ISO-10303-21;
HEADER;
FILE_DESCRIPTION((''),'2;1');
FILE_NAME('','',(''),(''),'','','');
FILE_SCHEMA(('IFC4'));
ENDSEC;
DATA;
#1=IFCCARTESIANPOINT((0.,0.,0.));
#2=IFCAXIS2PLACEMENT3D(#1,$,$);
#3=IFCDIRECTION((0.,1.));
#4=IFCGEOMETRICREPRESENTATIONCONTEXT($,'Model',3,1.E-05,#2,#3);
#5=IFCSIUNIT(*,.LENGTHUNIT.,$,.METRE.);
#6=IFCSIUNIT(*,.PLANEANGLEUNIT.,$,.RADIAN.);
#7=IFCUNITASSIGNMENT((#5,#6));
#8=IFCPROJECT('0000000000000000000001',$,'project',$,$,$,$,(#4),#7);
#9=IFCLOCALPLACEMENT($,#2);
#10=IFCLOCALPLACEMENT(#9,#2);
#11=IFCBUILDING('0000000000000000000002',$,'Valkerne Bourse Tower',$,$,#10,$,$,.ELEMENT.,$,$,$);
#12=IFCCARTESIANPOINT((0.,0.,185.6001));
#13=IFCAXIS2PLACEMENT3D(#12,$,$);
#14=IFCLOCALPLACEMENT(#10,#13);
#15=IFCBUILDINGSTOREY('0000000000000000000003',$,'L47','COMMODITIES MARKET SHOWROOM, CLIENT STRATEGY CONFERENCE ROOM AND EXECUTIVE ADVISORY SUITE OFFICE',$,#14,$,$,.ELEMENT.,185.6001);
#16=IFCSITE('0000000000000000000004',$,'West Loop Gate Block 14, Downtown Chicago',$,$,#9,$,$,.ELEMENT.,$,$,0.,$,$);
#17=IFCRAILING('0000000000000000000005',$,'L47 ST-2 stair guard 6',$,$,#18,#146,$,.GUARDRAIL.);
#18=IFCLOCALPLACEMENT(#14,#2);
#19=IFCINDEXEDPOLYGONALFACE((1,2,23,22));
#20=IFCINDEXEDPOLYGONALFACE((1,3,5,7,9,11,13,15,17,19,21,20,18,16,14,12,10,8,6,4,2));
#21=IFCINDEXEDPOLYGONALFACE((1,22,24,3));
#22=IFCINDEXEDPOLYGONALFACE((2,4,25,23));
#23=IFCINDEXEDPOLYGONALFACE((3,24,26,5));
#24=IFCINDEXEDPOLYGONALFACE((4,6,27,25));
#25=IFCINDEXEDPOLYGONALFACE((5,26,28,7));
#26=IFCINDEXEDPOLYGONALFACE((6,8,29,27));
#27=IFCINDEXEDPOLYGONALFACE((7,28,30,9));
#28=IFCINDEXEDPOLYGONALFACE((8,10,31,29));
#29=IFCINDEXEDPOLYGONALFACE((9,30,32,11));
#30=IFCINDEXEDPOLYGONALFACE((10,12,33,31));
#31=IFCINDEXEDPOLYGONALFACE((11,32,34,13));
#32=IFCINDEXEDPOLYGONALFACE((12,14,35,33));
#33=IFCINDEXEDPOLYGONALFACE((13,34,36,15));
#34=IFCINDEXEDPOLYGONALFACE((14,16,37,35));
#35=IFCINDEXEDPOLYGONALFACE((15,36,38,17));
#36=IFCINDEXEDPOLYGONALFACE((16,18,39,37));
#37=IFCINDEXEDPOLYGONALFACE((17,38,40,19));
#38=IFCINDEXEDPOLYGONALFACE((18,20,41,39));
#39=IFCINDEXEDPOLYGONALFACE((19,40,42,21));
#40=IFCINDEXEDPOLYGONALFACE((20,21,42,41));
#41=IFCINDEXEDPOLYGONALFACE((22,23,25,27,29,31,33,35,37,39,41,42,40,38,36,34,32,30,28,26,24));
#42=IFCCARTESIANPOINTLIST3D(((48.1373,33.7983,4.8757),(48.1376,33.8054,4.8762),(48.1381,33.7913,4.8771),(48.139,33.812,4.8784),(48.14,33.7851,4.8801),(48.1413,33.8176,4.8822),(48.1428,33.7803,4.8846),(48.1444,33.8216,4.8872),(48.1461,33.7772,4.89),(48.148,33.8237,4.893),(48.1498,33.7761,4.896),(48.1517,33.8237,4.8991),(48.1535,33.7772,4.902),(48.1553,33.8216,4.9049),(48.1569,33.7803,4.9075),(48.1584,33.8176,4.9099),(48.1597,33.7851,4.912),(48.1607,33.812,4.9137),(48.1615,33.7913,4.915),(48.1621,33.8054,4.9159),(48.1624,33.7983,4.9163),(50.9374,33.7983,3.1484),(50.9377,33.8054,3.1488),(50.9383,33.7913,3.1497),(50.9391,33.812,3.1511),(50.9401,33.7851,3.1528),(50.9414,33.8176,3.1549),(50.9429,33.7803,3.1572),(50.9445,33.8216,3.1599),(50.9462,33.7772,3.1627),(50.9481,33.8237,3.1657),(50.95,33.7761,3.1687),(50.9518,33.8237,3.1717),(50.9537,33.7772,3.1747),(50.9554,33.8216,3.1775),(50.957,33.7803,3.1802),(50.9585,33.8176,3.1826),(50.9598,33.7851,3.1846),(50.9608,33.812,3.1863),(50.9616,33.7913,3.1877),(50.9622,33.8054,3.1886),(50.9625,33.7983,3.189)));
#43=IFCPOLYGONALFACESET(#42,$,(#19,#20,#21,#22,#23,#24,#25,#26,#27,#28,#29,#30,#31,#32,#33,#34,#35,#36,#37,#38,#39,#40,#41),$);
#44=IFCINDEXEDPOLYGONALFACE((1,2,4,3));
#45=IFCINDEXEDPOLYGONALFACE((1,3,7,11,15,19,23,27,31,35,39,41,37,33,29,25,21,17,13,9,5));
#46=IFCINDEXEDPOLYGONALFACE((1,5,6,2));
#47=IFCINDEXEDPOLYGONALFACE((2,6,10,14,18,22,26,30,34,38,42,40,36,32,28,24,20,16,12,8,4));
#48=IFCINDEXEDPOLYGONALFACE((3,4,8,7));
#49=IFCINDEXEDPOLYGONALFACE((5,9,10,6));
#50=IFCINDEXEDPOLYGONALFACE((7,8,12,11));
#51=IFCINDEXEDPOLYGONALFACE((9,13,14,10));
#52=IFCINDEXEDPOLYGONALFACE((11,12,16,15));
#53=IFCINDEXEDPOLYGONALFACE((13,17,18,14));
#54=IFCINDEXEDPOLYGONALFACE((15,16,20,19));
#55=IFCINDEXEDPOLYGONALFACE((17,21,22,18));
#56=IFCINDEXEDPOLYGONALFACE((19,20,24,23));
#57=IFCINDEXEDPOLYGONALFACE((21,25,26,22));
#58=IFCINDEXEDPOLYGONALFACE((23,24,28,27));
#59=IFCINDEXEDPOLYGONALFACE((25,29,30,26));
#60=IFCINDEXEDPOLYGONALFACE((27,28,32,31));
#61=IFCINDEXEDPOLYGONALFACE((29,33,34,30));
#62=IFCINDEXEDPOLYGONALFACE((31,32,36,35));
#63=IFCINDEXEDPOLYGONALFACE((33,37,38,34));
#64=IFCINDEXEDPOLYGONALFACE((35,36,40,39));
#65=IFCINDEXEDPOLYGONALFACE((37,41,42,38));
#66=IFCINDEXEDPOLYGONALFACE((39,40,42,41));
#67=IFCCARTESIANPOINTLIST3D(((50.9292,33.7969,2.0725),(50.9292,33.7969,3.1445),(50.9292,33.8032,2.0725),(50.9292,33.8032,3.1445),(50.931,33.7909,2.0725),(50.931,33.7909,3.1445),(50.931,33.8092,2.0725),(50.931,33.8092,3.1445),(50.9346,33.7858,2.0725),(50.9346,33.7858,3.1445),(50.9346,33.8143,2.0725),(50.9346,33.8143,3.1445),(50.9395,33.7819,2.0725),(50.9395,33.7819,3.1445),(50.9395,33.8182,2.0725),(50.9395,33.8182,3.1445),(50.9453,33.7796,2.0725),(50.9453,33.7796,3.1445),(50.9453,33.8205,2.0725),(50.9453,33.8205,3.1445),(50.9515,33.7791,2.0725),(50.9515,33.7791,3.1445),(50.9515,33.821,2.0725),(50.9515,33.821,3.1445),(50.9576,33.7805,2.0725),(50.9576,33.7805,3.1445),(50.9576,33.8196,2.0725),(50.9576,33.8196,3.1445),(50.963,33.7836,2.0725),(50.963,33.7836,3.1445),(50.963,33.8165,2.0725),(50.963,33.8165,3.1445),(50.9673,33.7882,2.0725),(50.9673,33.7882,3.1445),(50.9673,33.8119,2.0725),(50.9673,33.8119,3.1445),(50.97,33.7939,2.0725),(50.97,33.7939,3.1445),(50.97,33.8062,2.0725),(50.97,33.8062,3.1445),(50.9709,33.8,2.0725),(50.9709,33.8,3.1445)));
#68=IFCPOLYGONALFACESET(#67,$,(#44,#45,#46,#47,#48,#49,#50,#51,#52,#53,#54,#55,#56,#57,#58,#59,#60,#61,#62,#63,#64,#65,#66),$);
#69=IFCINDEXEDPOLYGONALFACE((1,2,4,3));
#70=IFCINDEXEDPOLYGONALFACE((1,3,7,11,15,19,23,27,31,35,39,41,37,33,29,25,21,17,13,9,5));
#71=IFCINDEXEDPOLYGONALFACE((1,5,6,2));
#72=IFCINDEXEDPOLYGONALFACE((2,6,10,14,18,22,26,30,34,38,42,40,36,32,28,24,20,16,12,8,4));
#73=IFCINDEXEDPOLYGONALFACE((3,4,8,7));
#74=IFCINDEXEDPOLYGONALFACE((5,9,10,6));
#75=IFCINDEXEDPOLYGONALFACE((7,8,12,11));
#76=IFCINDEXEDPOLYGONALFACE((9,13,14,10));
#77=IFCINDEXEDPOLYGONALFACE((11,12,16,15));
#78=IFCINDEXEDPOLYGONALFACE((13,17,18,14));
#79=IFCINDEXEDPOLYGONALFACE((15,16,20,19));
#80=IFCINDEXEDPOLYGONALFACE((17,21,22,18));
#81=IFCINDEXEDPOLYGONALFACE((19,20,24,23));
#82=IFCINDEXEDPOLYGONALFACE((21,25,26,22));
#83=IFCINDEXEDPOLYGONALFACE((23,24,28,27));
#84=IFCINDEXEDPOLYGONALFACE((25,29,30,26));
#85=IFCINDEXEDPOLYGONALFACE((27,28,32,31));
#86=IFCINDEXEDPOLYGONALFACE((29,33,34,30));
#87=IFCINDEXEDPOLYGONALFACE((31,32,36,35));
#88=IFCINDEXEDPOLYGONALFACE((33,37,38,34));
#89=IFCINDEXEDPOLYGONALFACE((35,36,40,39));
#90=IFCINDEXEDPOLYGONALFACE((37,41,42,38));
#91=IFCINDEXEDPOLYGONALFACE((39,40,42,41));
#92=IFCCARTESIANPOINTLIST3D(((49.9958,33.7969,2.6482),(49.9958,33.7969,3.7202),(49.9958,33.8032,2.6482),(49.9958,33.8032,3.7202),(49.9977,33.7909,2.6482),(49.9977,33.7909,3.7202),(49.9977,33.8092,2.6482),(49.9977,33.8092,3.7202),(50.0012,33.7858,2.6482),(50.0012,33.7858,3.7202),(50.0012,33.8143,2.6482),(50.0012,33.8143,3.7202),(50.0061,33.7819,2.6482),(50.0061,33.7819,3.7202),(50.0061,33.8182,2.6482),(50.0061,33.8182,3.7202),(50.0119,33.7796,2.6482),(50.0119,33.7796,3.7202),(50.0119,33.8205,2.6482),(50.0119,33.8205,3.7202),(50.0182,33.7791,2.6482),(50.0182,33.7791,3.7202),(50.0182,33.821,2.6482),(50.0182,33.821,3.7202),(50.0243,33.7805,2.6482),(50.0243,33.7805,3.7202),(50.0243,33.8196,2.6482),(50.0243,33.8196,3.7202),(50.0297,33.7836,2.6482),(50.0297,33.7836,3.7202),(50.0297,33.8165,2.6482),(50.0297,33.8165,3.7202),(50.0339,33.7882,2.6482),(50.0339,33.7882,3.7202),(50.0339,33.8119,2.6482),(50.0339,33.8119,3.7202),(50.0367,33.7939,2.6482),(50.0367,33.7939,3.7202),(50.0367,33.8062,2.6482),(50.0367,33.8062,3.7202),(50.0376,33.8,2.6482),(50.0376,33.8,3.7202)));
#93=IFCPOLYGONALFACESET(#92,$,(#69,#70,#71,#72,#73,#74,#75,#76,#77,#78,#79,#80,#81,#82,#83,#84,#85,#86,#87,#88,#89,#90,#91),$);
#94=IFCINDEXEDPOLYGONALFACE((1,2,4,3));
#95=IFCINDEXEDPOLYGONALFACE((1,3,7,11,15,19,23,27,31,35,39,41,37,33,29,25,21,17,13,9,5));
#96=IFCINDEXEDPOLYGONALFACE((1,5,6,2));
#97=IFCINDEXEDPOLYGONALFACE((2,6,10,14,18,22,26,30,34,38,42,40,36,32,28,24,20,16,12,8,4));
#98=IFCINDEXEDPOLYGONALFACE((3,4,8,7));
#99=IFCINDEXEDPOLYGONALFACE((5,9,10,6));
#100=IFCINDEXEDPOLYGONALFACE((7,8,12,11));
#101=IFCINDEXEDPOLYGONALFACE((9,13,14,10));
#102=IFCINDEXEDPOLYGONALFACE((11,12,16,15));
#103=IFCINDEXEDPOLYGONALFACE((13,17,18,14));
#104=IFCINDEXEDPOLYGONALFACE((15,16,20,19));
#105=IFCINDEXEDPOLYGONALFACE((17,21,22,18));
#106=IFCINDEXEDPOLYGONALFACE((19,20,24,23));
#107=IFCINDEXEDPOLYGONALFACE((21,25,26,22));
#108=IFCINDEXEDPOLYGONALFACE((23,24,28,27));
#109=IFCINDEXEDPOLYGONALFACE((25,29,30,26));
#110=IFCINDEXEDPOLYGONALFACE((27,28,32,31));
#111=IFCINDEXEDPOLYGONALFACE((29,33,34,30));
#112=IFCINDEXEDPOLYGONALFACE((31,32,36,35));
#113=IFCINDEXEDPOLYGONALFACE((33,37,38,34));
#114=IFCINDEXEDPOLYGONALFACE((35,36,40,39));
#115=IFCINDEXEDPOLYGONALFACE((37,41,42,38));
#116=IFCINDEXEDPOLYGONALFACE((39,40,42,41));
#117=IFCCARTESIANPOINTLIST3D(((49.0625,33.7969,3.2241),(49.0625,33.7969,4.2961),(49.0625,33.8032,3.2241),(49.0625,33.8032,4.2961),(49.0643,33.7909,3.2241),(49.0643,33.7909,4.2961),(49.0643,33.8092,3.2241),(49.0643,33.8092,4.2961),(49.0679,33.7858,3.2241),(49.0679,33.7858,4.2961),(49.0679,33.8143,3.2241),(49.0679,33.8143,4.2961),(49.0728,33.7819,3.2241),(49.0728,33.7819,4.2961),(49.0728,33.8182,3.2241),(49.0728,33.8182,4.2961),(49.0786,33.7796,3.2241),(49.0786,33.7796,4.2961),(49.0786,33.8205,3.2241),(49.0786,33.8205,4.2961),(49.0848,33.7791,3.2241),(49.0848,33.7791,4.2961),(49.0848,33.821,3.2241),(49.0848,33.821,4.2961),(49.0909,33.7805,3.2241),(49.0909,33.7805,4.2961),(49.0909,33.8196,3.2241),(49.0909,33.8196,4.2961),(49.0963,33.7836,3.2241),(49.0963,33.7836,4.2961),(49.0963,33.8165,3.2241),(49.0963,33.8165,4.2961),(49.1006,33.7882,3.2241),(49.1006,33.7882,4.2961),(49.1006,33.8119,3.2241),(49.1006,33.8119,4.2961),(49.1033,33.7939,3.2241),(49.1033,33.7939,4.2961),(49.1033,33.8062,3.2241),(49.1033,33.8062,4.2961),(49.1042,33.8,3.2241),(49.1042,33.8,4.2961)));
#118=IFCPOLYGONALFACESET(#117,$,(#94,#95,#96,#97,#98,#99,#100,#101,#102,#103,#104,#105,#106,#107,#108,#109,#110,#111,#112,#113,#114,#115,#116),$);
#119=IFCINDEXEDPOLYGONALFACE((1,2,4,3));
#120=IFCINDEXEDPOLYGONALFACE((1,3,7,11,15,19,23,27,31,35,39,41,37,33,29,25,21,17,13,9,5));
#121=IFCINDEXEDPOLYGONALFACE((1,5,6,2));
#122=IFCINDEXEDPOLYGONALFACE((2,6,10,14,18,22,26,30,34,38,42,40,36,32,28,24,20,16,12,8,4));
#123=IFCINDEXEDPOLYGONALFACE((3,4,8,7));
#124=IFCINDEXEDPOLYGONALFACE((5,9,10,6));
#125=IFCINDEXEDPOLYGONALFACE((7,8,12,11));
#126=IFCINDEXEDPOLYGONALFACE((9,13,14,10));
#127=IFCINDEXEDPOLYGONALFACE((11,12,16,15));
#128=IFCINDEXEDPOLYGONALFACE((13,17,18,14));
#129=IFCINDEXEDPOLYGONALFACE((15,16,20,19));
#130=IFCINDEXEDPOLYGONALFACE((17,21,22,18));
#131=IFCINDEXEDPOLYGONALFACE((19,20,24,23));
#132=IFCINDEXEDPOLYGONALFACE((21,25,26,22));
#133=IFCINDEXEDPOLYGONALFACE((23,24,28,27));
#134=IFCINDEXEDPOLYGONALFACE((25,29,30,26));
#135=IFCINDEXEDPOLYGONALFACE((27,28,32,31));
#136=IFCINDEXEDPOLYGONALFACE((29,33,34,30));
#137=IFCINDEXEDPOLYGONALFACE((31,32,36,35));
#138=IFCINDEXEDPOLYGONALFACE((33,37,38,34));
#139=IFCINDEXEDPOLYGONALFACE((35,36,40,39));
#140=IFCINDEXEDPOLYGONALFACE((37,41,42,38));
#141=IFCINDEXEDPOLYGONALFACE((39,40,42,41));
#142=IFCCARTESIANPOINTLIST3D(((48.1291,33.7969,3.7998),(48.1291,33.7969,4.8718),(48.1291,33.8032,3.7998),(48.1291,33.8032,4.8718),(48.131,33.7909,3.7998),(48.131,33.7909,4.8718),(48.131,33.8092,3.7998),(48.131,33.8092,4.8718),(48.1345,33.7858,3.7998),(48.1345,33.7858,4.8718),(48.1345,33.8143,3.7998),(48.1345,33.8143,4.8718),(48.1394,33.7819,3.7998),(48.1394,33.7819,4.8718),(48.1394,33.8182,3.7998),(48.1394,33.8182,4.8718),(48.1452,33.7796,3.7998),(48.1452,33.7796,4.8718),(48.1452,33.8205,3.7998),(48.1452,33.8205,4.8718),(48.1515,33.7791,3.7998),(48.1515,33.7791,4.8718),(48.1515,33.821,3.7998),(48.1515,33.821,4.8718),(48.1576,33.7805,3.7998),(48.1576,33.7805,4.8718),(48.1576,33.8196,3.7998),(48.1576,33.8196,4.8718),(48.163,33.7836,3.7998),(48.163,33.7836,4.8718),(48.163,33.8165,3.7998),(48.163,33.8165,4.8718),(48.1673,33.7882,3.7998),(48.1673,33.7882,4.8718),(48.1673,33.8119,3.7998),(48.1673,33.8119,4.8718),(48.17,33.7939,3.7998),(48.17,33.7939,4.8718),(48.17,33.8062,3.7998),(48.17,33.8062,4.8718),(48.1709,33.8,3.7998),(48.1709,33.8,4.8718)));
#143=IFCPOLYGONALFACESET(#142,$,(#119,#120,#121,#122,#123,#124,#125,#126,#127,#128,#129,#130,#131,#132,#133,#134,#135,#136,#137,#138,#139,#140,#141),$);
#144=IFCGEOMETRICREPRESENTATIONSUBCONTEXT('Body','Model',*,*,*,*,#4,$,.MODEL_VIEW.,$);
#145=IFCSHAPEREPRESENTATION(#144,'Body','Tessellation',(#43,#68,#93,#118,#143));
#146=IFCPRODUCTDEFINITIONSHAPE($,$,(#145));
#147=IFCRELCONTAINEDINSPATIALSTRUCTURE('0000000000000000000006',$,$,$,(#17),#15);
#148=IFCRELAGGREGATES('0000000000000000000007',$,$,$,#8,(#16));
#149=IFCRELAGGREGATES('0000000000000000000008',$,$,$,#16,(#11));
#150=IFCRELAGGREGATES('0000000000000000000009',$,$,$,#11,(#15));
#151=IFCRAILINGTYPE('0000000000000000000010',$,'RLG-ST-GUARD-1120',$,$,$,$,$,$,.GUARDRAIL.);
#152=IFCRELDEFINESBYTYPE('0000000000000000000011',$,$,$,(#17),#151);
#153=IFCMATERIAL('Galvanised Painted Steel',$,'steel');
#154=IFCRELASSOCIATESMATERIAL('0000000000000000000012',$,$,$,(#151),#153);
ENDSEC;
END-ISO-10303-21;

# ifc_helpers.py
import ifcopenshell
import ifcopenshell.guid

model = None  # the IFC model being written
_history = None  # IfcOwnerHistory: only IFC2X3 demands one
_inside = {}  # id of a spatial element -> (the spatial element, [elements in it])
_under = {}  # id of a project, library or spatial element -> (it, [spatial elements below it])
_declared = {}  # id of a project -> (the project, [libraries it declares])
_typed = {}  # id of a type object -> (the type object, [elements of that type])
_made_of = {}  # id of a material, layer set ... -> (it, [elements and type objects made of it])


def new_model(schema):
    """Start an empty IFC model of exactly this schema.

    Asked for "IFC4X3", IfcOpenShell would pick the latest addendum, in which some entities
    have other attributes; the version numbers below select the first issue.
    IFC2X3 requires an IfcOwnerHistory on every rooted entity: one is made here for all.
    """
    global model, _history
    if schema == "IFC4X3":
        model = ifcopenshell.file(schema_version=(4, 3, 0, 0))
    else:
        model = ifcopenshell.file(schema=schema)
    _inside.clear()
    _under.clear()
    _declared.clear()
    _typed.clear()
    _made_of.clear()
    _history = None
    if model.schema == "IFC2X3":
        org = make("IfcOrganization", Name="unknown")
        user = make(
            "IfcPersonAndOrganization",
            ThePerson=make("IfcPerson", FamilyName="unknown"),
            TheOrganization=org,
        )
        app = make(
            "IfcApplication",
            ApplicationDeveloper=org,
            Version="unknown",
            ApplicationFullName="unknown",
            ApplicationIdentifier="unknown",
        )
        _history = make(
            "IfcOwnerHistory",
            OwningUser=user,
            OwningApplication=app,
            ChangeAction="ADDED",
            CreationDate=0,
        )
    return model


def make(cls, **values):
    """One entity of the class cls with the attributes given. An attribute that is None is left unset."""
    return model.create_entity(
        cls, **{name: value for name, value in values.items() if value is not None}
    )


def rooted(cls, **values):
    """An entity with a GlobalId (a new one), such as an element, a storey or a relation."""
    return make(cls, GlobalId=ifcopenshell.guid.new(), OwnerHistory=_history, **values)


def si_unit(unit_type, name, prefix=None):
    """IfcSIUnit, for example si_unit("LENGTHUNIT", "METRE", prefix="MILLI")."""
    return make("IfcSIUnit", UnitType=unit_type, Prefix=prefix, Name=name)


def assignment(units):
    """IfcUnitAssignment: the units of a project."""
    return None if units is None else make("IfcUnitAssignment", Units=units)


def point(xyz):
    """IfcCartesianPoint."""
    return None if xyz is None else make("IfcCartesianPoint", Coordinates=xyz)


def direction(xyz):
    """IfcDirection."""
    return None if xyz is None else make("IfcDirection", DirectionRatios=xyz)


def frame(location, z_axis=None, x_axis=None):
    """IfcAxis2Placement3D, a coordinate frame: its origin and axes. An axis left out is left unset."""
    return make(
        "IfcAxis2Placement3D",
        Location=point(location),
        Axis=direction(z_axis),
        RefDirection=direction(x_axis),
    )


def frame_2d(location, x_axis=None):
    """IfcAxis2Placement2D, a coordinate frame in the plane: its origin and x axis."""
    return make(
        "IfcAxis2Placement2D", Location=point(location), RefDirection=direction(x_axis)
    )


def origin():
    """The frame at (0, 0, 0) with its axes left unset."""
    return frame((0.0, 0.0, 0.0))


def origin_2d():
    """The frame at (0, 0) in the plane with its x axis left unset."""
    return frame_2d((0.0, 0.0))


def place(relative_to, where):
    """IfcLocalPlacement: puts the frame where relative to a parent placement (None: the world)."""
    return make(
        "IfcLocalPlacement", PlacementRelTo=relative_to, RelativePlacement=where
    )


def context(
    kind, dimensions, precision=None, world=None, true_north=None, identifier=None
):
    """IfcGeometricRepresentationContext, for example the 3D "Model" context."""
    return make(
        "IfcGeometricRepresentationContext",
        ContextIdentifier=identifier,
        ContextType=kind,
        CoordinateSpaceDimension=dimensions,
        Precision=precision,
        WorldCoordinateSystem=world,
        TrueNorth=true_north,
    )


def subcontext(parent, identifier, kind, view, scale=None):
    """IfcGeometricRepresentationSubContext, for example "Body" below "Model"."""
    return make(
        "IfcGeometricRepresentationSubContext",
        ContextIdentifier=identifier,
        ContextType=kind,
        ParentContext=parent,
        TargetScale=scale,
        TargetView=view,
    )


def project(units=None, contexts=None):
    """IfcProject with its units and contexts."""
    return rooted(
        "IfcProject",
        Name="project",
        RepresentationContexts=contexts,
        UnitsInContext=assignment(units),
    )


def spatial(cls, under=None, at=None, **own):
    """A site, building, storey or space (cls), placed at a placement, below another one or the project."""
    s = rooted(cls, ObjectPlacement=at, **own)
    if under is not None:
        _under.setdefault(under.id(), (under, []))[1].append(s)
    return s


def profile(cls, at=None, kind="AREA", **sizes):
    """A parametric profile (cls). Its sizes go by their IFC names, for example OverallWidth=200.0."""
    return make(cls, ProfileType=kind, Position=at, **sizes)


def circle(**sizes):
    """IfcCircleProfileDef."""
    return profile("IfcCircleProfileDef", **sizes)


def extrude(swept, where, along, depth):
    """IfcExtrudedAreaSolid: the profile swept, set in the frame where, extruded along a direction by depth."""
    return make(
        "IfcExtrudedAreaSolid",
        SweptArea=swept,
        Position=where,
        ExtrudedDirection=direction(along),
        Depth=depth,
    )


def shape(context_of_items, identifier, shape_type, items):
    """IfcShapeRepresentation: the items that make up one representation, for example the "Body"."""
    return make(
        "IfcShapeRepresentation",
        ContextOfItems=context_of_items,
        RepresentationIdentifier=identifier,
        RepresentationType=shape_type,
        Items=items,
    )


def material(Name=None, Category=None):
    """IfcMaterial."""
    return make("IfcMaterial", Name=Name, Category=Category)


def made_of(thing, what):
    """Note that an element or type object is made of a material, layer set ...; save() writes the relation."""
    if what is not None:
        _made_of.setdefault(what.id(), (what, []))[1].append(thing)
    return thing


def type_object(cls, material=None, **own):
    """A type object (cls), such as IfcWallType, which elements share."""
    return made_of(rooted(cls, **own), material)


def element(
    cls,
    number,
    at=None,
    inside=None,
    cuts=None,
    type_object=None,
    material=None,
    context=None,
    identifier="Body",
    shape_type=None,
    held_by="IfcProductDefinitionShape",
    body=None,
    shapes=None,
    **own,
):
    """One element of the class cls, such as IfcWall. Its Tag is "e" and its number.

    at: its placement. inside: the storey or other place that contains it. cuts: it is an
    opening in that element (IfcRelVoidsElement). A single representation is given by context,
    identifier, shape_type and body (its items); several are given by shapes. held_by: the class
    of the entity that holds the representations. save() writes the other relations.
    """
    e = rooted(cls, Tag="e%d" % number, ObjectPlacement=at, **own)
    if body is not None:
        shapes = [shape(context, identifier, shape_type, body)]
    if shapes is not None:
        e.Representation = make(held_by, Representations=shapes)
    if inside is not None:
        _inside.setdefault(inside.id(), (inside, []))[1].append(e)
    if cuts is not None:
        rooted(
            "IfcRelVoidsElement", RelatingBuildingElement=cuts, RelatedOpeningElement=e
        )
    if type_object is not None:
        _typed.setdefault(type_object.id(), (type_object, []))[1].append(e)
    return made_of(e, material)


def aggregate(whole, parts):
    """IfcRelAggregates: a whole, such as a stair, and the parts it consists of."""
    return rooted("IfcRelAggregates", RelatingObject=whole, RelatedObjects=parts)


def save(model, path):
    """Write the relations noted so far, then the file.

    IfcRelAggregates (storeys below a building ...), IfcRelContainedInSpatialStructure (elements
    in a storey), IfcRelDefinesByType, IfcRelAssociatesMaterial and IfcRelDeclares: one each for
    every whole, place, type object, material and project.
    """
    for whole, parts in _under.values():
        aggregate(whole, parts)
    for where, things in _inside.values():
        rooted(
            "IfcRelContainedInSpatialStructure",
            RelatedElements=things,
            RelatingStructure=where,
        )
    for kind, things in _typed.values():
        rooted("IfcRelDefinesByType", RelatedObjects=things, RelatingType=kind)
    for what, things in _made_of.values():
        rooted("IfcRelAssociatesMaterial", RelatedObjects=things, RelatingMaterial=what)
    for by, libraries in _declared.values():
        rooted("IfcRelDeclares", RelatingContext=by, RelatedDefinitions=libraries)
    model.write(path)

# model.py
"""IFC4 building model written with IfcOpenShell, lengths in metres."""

from ifc_helpers import new_model, si_unit, direction, frame, origin, origin_2d, place, context, subcontext, project, spatial, circle, extrude, material, type_object, element, save


model = new_model("IFC4")

# Units and contexts
model_context = context("Model", 3, precision=1e-05, world=origin(), true_north=direction((0.0, 1.0)))
body_context = subcontext(model_context, "Body", "Model", "MODEL_VIEW")
ifc_project = project(units=[si_unit("LENGTHUNIT", "METRE"), si_unit("PLANEANGLEUNIT", "RADIAN")], contexts=[model_context])

# Site, building, storey
site_placement = place(None, origin())
site = spatial("IfcSite", under=ifc_project, at=site_placement, Name="West Loop Gate Block 14, Downtown Chicago", CompositionType="ELEMENT", RefElevation=0.0)
building_placement = place(site_placement, origin())
building = spatial("IfcBuilding", under=site, at=building_placement, Name="Valkerne Bourse Tower", CompositionType="ELEMENT")
storey_placement = place(building_placement, frame((0.0, 0.0, 185.6001)))
storey = spatial("IfcBuildingStorey", under=building, at=storey_placement, Name="L47", Description="COMMODITIES MARKET SHOWROOM, CLIENT STRATEGY CONFERENCE ROOM AND EXECUTIVE ADVISORY SUITE OFFICE", CompositionType="ELEMENT", Elevation=185.6001)

# Shared definitions
ifc_material_1 = material(Name="Galvanised Painted Steel", Category="steel")

# Railing
railing_type_1 = type_object("IfcRailingType", Name="RLG-ST-GUARD-1120", PredefinedType="GUARDRAIL", material=ifc_material_1)
railing_1_placement = place(storey_placement, frame((50.95, 33.8, 2.0725)))
element("IfcRailing", 1, at=railing_1_placement, inside=storey, type_object=railing_type_1, Name="L47 ST-2 stair guard 6", PredefinedType="GUARDRAIL", context=body_context, shape_type="SweptSolid", body=[
    extrude(circle(Radius=0.0239, at=origin_2d()), frame((0.0, 0.0, 1.0962), z_axis=(-0.85109, 0.0, 0.52502), x_axis=(0.0, -1.0, 0.0)), (0.0, 0.0, 1.0), 3.29),
    extrude(circle(Radius=0.021, at=origin_2d()), origin(), (0.0, 0.0, 1.0), 1.072),
    extrude(circle(Radius=0.021, at=origin_2d()), frame((-0.9333, 0.0, 0.5757)), (0.0, 0.0, 1.0), 1.072),
    extrude(circle(Radius=0.021, at=origin_2d()), frame((-1.8667, 0.0, 1.1516)), (0.0, 0.0, 1.0), 1.072),
    extrude(circle(Radius=0.021, at=origin_2d()), frame((-2.8, 0.0, 1.7273)), (0.0, 0.0, 1.0), 1.072),
])

save(model, "model.ifc")
